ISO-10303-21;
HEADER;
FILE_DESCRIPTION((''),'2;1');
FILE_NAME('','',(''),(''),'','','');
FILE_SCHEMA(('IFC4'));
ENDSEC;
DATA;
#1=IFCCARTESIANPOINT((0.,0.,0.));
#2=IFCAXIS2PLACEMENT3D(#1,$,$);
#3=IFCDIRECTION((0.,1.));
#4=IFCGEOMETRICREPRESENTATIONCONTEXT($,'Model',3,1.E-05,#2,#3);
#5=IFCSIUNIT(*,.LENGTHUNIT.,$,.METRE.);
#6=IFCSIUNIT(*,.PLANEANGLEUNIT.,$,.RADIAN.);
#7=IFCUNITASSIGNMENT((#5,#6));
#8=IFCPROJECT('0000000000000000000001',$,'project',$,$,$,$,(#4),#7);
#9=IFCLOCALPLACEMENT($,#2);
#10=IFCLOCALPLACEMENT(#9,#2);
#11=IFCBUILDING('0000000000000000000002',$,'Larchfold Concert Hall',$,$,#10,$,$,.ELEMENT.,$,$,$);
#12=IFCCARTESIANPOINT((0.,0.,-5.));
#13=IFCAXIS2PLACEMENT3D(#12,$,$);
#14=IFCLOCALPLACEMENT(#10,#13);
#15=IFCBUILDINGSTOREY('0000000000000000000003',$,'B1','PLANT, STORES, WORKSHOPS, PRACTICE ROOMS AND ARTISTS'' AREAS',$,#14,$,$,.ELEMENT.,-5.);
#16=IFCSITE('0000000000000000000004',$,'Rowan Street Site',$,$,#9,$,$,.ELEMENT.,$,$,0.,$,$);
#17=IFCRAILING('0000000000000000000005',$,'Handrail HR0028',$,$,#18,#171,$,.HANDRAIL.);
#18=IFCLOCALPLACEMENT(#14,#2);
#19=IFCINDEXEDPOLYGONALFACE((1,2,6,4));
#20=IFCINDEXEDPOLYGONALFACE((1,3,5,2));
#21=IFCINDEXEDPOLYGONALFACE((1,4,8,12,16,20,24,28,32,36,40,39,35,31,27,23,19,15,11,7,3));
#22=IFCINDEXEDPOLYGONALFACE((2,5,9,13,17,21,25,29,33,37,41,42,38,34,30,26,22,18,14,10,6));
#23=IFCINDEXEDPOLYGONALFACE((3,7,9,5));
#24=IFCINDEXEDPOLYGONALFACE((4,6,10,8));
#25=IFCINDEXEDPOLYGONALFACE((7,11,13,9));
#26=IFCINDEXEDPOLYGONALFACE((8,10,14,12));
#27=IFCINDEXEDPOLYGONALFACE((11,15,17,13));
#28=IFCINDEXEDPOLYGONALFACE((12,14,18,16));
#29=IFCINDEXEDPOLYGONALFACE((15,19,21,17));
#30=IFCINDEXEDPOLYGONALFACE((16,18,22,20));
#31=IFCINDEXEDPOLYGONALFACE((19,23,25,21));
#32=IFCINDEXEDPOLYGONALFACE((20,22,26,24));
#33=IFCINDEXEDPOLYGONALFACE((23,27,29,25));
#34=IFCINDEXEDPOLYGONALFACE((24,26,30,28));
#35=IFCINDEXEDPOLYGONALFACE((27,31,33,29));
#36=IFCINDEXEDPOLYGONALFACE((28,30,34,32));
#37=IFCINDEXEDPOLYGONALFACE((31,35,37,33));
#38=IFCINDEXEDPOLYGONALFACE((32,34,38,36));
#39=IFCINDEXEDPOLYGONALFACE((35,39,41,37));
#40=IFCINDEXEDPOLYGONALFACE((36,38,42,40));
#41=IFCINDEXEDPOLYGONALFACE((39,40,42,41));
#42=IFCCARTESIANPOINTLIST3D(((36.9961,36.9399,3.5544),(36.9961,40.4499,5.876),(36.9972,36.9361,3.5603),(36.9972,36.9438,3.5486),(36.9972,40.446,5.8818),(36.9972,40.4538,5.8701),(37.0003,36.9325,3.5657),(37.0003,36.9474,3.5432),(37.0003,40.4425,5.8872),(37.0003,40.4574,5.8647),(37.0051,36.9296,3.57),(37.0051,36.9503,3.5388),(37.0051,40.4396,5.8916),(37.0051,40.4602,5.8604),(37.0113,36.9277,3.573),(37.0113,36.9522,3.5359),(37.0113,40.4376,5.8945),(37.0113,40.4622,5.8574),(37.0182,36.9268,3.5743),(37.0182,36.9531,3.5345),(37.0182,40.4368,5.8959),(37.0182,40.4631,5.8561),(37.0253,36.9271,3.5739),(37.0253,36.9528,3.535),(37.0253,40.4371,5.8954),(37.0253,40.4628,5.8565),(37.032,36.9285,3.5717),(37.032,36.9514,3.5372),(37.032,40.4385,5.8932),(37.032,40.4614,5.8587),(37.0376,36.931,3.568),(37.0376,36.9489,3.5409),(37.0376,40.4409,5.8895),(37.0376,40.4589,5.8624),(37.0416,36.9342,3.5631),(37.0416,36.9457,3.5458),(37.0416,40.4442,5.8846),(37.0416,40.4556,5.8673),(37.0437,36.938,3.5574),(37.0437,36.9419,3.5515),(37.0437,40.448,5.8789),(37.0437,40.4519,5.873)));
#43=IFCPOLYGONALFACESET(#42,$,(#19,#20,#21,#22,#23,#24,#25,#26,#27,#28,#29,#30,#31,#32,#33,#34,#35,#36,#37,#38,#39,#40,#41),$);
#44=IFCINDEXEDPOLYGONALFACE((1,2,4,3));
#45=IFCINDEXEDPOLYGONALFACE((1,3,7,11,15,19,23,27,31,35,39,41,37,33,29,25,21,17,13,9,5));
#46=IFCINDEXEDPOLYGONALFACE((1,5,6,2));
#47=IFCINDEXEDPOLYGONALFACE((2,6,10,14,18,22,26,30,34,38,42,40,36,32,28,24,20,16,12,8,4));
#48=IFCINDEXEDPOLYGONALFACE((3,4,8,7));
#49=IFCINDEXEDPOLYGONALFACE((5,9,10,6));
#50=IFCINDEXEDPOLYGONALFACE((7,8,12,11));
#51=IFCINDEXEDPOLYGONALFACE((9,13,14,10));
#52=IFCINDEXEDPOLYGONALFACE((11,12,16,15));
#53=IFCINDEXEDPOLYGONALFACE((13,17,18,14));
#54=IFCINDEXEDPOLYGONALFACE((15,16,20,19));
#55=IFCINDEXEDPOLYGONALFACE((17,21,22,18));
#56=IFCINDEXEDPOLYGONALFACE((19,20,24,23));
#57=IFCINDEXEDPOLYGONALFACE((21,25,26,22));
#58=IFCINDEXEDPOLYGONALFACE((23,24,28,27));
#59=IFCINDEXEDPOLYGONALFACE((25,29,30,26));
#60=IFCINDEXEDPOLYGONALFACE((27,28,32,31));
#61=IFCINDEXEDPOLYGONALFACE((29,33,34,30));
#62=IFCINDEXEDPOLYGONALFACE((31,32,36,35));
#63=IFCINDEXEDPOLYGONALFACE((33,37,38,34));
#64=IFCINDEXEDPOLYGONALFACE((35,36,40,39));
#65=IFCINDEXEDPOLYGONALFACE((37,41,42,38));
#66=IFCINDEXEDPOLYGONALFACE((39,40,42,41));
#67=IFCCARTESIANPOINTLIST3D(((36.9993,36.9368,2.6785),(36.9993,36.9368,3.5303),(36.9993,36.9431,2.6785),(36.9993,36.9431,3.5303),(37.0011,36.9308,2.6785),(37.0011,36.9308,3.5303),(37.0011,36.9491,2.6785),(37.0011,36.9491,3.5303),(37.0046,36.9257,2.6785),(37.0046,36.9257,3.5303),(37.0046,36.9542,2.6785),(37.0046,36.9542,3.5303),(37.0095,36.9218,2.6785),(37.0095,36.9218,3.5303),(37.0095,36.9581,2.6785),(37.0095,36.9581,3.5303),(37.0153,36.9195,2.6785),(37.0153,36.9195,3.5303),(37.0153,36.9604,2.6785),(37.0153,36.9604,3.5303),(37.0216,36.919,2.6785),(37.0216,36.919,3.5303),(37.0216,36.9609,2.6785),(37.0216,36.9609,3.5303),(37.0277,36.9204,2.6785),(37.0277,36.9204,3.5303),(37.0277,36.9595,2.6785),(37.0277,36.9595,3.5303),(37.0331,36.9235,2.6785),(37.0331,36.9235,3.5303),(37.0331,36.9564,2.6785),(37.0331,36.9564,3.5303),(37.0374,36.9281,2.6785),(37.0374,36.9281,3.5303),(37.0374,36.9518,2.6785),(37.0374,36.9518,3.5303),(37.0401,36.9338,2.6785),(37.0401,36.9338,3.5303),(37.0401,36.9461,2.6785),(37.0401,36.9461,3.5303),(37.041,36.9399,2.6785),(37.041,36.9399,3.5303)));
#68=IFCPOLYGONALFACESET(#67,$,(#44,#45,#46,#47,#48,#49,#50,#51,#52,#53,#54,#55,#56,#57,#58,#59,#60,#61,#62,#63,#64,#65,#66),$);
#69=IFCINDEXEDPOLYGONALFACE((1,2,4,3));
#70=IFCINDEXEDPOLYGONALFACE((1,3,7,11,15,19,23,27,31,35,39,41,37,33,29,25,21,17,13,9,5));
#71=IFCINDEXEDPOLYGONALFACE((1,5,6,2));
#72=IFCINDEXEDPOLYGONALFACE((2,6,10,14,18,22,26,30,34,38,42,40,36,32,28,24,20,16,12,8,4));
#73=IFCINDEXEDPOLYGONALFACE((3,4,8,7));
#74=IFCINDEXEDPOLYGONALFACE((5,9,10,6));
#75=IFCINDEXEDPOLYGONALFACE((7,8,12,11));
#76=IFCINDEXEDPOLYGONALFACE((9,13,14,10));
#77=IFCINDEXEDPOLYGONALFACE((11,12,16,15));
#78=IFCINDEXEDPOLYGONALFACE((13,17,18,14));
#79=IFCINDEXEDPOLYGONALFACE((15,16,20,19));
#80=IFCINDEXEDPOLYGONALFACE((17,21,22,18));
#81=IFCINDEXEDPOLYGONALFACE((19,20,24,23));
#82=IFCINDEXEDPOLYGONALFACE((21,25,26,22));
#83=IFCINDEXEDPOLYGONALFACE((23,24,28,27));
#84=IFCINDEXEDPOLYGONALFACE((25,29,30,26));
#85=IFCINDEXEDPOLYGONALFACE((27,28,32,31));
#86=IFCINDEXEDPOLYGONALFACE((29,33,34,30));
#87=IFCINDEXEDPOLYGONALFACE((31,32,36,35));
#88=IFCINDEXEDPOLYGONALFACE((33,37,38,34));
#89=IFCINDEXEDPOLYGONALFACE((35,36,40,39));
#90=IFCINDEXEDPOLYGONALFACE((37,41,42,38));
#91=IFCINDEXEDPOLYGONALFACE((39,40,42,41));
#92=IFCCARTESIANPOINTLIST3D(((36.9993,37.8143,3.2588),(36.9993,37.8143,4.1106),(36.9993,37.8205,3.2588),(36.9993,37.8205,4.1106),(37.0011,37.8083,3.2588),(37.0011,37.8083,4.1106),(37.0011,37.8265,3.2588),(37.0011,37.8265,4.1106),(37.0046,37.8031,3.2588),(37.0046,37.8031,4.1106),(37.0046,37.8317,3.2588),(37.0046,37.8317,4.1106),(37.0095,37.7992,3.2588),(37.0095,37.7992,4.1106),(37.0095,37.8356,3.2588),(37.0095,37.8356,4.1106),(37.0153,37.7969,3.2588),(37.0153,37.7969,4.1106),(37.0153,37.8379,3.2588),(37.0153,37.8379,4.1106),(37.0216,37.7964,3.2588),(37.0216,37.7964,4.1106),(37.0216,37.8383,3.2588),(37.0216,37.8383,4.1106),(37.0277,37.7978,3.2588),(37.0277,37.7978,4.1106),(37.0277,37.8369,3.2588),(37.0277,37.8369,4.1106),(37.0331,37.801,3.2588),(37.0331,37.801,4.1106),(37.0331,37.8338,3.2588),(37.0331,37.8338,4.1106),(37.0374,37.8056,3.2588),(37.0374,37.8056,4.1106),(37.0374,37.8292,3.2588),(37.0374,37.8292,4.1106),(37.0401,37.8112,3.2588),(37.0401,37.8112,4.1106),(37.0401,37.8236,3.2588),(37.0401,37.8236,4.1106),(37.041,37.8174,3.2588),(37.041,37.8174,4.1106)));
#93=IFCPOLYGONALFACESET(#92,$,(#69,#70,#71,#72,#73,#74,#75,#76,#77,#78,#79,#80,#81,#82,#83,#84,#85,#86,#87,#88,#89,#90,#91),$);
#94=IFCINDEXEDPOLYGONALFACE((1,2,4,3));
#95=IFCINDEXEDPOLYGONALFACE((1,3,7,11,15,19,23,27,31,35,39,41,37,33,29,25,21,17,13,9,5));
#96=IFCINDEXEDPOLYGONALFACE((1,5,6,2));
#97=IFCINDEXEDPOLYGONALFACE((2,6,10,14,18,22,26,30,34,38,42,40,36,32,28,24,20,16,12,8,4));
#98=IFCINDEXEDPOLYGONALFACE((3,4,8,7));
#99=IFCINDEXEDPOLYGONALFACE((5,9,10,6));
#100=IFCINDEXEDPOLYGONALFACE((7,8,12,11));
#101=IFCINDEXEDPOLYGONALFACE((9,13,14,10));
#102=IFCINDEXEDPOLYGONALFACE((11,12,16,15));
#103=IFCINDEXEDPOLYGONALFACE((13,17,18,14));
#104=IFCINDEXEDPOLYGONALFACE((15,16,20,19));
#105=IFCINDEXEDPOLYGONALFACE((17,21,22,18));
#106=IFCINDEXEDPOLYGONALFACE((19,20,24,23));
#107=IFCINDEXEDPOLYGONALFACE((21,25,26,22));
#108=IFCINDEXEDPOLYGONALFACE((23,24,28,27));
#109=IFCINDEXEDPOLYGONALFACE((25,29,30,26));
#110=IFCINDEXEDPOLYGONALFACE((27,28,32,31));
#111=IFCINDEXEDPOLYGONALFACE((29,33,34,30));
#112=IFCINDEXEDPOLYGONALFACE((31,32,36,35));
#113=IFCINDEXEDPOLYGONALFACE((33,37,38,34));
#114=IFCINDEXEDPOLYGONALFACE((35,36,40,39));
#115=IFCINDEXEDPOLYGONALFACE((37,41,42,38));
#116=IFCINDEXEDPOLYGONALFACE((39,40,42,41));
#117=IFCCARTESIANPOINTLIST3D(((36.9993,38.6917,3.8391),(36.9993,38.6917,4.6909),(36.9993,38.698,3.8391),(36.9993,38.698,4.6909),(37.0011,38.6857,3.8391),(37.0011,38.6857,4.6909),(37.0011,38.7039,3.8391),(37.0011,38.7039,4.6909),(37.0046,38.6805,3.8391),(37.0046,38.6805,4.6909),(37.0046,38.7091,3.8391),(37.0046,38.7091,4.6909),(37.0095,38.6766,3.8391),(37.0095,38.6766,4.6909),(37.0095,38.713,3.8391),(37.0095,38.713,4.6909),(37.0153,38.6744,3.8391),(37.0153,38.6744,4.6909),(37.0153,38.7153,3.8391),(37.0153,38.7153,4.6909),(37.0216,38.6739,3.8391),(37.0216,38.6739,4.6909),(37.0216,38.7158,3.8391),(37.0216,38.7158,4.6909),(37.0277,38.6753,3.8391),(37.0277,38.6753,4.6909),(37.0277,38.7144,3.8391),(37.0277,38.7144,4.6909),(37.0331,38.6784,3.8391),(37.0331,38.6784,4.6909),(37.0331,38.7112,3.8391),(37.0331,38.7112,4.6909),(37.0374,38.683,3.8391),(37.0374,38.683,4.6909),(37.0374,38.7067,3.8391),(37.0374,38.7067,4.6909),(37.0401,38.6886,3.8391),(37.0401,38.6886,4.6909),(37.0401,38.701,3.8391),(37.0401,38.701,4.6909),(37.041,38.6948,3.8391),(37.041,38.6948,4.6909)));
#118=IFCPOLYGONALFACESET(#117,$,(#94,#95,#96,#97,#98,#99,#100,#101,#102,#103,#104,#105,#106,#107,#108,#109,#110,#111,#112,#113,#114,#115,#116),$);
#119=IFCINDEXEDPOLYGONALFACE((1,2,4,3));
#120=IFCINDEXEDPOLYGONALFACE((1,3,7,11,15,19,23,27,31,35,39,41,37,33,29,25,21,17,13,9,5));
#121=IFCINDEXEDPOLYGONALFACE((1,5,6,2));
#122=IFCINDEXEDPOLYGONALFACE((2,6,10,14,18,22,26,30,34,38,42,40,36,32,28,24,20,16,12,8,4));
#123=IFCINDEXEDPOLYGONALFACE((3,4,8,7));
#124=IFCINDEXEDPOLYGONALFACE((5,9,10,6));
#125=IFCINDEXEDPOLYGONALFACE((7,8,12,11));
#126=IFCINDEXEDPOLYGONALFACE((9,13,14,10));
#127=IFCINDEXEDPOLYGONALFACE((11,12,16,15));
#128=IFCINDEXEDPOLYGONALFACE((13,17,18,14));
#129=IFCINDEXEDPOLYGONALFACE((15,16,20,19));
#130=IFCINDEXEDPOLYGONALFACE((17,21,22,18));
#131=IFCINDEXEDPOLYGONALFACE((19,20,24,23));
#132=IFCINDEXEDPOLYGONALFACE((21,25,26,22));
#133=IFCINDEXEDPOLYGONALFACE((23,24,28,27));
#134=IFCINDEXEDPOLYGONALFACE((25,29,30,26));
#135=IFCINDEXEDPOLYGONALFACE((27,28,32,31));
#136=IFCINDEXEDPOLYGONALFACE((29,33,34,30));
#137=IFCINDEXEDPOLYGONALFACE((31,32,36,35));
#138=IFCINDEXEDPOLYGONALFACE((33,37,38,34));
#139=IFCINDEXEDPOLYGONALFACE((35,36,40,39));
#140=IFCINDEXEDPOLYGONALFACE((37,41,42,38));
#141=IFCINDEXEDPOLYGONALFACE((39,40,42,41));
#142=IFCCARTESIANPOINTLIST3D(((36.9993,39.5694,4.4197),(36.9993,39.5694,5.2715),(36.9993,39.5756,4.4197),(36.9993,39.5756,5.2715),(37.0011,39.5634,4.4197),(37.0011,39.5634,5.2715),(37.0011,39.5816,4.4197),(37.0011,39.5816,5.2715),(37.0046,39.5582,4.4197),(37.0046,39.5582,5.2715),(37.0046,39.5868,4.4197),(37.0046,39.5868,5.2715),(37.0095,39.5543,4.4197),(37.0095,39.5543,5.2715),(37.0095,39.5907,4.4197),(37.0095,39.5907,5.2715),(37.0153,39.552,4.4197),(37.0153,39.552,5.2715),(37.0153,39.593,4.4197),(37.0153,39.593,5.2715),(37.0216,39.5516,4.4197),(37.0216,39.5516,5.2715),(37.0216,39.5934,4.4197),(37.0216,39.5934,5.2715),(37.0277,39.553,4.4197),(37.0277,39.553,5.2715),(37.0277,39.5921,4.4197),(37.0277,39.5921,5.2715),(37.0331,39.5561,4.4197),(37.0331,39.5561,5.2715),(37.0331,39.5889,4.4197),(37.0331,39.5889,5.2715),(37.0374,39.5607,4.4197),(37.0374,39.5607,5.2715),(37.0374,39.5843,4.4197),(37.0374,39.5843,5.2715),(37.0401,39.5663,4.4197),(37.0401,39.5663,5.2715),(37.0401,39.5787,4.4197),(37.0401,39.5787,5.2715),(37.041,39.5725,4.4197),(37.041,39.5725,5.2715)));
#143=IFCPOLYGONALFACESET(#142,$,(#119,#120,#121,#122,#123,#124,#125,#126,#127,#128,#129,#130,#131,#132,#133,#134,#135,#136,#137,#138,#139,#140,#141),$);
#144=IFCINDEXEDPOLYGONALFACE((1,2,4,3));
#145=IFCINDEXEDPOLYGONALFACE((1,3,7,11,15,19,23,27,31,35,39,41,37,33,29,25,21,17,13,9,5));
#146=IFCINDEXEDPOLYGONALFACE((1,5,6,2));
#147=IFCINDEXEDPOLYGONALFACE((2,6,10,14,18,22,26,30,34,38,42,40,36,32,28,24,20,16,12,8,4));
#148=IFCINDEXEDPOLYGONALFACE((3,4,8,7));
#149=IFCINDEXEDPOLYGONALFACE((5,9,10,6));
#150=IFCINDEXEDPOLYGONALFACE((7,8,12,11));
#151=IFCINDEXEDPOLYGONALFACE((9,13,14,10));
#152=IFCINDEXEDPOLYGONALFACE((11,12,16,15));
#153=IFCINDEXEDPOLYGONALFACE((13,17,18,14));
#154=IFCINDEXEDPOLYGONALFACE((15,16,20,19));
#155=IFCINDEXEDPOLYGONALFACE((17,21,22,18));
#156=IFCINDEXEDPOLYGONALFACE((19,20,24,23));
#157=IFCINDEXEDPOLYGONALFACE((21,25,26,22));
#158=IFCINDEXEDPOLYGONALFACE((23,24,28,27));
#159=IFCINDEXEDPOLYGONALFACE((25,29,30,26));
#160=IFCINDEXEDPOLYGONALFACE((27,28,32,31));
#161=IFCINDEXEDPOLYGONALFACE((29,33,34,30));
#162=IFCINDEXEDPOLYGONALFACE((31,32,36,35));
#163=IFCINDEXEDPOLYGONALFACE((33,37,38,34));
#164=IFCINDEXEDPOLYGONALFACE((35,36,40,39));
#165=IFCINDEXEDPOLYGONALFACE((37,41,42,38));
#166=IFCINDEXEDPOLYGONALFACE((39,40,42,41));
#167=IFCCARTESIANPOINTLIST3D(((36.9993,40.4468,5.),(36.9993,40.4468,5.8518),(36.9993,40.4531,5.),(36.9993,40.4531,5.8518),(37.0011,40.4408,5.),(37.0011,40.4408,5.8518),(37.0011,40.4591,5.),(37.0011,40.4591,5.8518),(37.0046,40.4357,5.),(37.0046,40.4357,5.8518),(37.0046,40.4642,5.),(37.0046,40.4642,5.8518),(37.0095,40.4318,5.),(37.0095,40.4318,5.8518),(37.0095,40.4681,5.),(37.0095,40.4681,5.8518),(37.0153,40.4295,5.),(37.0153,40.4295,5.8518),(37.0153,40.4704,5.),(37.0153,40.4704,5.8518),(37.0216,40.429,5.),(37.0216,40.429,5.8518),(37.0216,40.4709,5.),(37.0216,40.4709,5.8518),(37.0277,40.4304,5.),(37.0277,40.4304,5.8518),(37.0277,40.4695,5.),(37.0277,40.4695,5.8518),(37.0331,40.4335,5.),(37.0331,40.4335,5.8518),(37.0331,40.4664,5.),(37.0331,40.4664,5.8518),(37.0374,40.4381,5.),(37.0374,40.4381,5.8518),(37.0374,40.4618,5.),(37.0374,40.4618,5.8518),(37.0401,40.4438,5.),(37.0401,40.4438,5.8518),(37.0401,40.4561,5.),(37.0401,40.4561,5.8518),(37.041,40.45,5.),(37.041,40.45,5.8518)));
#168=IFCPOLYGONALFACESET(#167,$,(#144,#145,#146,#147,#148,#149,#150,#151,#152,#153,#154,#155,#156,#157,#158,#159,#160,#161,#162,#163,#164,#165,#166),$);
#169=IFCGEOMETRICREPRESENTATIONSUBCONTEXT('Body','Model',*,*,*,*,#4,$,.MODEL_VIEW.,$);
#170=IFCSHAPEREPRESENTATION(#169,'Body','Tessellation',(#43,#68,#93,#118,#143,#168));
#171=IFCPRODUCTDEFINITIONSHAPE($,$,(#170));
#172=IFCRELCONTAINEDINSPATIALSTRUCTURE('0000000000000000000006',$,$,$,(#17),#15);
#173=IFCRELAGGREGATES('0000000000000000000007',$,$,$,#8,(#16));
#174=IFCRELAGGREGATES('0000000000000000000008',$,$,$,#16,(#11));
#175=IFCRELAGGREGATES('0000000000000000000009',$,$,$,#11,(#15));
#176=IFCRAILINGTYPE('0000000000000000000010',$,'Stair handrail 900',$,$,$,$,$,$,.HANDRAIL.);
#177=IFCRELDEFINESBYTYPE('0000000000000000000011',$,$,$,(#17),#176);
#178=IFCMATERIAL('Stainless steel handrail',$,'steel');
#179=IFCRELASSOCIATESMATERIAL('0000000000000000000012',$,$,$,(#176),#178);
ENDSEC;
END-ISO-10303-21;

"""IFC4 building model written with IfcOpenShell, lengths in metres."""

from ifc_helpers import new_model, si_unit, direction, frame, origin, origin_2d, place, context, subcontext, project, spatial, circle, extrude, material, type_object, element, save


model = new_model("IFC4")

# Units and contexts
model_context = context("Model", 3, precision=1e-05, world=origin(), true_north=direction((0.0, 1.0)))
body_context = subcontext(model_context, "Body", "Model", "MODEL_VIEW")
ifc_project = project(units=[si_unit("LENGTHUNIT", "METRE"), si_unit("PLANEANGLEUNIT", "RADIAN")], contexts=[model_context])

# Site, building, storey
site_placement = place(None, origin())
site = spatial("IfcSite", under=ifc_project, at=site_placement, Name="Rowan Street Site", CompositionType="ELEMENT", RefElevation=0.0)
building_placement = place(site_placement, origin())
building = spatial("IfcBuilding", under=site, at=building_placement, Name="Larchfold Concert Hall", CompositionType="ELEMENT")
storey_placement = place(building_placement, frame((0.0, 0.0, -5.0)))
storey = spatial("IfcBuildingStorey", under=building, at=storey_placement, Name="B1", Description="PLANT, STORES, WORKSHOPS, PRACTICE ROOMS AND ARTISTS' AREAS", CompositionType="ELEMENT", Elevation=-5.0)

# Railing
ifc_material_1 = material(Name="Stainless steel handrail", Category="steel")
railing_type_1 = type_object("IfcRailingType", Name="Stair handrail 900", PredefinedType="HANDRAIL", material=ifc_material_1)
railing_1_placement = place(storey_placement, frame((37.02, 36.9399, 2.6785)))
element("IfcRailing", 1, at=railing_1_placement, inside=storey, type_object=railing_type_1, Name="Handrail HR0028", PredefinedType="HANDRAIL", context=body_context, shape_type="SweptSolid", body=[
    extrude(circle(Radius=0.0239, at=origin_2d()), frame((0.0, 0.0, 0.876), z_axis=(0.0, 0.834071, 0.551657), x_axis=(-1.0, 0.0, 0.0)), (0.0, 0.0, 1.0), 4.2083),
    extrude(circle(Radius=0.021, at=origin_2d()), origin(), (0.0, 0.0, 1.0), 0.8518),
    extrude(circle(Radius=0.021, at=origin_2d()), frame((0.0, 0.8774, 0.5803)), (0.0, 0.0, 1.0), 0.8518),
    extrude(circle(Radius=0.021, at=origin_2d()), frame((0.0, 1.7549, 1.1606)), (0.0, 0.0, 1.0), 0.8518),
    extrude(circle(Radius=0.021, at=origin_2d()), frame((0.0, 2.6326, 1.7412)), (0.0, 0.0, 1.0), 0.8518),
    extrude(circle(Radius=0.021, at=origin_2d()), frame((0.0, 3.51, 2.3215)), (0.0, 0.0, 1.0), 0.8518),
])

save(model, "model.ifc")
